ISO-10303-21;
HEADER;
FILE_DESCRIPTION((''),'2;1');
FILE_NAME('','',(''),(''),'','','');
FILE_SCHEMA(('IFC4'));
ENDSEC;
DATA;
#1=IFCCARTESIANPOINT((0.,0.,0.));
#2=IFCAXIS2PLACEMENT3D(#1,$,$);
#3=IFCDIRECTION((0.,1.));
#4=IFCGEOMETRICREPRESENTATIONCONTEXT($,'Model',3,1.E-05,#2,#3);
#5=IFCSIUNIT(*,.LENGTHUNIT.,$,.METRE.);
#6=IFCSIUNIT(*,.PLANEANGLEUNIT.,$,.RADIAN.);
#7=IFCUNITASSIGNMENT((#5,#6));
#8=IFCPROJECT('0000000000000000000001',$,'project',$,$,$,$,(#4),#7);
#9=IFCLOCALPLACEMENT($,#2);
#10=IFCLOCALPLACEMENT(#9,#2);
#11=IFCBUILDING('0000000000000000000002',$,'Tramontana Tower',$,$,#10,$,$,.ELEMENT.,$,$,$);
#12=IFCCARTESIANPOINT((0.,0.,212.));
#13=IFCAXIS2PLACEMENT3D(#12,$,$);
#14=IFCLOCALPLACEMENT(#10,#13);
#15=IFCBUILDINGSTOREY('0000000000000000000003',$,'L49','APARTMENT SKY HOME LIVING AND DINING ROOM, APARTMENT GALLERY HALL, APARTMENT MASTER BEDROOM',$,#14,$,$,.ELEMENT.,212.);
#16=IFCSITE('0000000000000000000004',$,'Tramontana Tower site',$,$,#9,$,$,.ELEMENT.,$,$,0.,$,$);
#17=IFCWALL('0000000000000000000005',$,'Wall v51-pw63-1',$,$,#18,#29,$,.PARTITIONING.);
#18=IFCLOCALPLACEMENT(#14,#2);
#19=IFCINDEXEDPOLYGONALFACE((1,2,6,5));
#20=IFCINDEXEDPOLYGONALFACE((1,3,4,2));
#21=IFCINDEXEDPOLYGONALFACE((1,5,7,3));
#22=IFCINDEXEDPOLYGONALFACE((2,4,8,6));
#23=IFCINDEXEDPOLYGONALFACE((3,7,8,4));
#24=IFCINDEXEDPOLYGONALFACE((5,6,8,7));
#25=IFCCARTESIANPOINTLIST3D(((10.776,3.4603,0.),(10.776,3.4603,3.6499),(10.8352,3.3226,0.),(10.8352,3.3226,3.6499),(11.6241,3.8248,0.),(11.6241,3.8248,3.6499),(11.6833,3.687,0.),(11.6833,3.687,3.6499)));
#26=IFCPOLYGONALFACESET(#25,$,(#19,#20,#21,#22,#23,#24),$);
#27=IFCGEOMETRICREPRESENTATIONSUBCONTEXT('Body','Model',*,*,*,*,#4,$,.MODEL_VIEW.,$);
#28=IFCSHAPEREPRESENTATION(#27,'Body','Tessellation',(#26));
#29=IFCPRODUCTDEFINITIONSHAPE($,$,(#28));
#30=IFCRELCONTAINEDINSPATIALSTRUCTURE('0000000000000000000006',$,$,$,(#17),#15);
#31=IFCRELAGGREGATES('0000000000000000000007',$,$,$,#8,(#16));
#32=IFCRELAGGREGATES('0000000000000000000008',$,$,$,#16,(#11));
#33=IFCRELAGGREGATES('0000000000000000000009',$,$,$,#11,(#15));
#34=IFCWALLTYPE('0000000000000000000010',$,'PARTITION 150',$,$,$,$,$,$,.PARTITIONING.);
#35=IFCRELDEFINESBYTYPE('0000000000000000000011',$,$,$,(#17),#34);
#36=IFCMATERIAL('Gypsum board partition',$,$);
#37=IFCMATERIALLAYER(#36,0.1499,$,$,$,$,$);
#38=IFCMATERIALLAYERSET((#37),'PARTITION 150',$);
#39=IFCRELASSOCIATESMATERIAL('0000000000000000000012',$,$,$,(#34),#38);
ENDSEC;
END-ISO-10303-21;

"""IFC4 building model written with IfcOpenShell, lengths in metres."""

from ifc_helpers import new_model, si_unit, direction, frame, frame_2d, origin, place, context, subcontext, project, spatial, rectangle, extrude, material, layer, layer_set, type_object, element, save


model = new_model("IFC4")

# Units and contexts
model_context = context("Model", 3, precision=1e-05, world=origin(), true_north=direction((0.0, 1.0)))
body_context = subcontext(model_context, "Body", "Model", "MODEL_VIEW")
ifc_project = project(units=[si_unit("LENGTHUNIT", "METRE"), si_unit("PLANEANGLEUNIT", "RADIAN")], contexts=[model_context])

# Site, building, storey
site_placement = place(None, origin())
site = spatial("IfcSite", under=ifc_project, at=site_placement, Name="Tramontana Tower site", CompositionType="ELEMENT", RefElevation=0.0)
building_placement = place(site_placement, origin())
building = spatial("IfcBuilding", under=site, at=building_placement, Name="Tramontana Tower", CompositionType="ELEMENT")
storey_placement = place(building_placement, frame((0.0, 0.0, 212.0)))
storey = spatial("IfcBuildingStorey", under=building, at=storey_placement, Name="L49", Description="APARTMENT SKY HOME LIVING AND DINING ROOM, APARTMENT GALLERY HALL, APARTMENT MASTER BEDROOM", CompositionType="ELEMENT", Elevation=212.0)

# Shared definitions
ifc_material_1 = material(Name="Gypsum board partition")
ifc_layer_1 = layer(ifc_material_1, 0.1499)
ifc_layer_set_1 = layer_set([ifc_layer_1], Name="PARTITION 150")
wall_type_1 = type_object("IfcWallType", Name="PARTITION 150", PredefinedType="PARTITIONING", material=ifc_layer_set_1)

# Wall
wall_1_placement = place(storey_placement, frame((11.6536, 3.7559, 0.0), z_axis=(0.0, 0.0, 1.0), x_axis=(-0.918748, -0.394845, 0.0)))
element("IfcWall", 1, at=wall_1_placement, inside=storey, type_object=wall_type_1, Name="Wall v51-pw63-1", PredefinedType="PARTITIONING", context=body_context, shape_type="SweptSolid", body=[
    extrude(rectangle(XDim=0.9231, YDim=0.1499, at=frame_2d((0.4614, 0.0))), origin(), (0.0, 0.0, 1.0), 3.6499),
])

save(model, "model.ifc")
